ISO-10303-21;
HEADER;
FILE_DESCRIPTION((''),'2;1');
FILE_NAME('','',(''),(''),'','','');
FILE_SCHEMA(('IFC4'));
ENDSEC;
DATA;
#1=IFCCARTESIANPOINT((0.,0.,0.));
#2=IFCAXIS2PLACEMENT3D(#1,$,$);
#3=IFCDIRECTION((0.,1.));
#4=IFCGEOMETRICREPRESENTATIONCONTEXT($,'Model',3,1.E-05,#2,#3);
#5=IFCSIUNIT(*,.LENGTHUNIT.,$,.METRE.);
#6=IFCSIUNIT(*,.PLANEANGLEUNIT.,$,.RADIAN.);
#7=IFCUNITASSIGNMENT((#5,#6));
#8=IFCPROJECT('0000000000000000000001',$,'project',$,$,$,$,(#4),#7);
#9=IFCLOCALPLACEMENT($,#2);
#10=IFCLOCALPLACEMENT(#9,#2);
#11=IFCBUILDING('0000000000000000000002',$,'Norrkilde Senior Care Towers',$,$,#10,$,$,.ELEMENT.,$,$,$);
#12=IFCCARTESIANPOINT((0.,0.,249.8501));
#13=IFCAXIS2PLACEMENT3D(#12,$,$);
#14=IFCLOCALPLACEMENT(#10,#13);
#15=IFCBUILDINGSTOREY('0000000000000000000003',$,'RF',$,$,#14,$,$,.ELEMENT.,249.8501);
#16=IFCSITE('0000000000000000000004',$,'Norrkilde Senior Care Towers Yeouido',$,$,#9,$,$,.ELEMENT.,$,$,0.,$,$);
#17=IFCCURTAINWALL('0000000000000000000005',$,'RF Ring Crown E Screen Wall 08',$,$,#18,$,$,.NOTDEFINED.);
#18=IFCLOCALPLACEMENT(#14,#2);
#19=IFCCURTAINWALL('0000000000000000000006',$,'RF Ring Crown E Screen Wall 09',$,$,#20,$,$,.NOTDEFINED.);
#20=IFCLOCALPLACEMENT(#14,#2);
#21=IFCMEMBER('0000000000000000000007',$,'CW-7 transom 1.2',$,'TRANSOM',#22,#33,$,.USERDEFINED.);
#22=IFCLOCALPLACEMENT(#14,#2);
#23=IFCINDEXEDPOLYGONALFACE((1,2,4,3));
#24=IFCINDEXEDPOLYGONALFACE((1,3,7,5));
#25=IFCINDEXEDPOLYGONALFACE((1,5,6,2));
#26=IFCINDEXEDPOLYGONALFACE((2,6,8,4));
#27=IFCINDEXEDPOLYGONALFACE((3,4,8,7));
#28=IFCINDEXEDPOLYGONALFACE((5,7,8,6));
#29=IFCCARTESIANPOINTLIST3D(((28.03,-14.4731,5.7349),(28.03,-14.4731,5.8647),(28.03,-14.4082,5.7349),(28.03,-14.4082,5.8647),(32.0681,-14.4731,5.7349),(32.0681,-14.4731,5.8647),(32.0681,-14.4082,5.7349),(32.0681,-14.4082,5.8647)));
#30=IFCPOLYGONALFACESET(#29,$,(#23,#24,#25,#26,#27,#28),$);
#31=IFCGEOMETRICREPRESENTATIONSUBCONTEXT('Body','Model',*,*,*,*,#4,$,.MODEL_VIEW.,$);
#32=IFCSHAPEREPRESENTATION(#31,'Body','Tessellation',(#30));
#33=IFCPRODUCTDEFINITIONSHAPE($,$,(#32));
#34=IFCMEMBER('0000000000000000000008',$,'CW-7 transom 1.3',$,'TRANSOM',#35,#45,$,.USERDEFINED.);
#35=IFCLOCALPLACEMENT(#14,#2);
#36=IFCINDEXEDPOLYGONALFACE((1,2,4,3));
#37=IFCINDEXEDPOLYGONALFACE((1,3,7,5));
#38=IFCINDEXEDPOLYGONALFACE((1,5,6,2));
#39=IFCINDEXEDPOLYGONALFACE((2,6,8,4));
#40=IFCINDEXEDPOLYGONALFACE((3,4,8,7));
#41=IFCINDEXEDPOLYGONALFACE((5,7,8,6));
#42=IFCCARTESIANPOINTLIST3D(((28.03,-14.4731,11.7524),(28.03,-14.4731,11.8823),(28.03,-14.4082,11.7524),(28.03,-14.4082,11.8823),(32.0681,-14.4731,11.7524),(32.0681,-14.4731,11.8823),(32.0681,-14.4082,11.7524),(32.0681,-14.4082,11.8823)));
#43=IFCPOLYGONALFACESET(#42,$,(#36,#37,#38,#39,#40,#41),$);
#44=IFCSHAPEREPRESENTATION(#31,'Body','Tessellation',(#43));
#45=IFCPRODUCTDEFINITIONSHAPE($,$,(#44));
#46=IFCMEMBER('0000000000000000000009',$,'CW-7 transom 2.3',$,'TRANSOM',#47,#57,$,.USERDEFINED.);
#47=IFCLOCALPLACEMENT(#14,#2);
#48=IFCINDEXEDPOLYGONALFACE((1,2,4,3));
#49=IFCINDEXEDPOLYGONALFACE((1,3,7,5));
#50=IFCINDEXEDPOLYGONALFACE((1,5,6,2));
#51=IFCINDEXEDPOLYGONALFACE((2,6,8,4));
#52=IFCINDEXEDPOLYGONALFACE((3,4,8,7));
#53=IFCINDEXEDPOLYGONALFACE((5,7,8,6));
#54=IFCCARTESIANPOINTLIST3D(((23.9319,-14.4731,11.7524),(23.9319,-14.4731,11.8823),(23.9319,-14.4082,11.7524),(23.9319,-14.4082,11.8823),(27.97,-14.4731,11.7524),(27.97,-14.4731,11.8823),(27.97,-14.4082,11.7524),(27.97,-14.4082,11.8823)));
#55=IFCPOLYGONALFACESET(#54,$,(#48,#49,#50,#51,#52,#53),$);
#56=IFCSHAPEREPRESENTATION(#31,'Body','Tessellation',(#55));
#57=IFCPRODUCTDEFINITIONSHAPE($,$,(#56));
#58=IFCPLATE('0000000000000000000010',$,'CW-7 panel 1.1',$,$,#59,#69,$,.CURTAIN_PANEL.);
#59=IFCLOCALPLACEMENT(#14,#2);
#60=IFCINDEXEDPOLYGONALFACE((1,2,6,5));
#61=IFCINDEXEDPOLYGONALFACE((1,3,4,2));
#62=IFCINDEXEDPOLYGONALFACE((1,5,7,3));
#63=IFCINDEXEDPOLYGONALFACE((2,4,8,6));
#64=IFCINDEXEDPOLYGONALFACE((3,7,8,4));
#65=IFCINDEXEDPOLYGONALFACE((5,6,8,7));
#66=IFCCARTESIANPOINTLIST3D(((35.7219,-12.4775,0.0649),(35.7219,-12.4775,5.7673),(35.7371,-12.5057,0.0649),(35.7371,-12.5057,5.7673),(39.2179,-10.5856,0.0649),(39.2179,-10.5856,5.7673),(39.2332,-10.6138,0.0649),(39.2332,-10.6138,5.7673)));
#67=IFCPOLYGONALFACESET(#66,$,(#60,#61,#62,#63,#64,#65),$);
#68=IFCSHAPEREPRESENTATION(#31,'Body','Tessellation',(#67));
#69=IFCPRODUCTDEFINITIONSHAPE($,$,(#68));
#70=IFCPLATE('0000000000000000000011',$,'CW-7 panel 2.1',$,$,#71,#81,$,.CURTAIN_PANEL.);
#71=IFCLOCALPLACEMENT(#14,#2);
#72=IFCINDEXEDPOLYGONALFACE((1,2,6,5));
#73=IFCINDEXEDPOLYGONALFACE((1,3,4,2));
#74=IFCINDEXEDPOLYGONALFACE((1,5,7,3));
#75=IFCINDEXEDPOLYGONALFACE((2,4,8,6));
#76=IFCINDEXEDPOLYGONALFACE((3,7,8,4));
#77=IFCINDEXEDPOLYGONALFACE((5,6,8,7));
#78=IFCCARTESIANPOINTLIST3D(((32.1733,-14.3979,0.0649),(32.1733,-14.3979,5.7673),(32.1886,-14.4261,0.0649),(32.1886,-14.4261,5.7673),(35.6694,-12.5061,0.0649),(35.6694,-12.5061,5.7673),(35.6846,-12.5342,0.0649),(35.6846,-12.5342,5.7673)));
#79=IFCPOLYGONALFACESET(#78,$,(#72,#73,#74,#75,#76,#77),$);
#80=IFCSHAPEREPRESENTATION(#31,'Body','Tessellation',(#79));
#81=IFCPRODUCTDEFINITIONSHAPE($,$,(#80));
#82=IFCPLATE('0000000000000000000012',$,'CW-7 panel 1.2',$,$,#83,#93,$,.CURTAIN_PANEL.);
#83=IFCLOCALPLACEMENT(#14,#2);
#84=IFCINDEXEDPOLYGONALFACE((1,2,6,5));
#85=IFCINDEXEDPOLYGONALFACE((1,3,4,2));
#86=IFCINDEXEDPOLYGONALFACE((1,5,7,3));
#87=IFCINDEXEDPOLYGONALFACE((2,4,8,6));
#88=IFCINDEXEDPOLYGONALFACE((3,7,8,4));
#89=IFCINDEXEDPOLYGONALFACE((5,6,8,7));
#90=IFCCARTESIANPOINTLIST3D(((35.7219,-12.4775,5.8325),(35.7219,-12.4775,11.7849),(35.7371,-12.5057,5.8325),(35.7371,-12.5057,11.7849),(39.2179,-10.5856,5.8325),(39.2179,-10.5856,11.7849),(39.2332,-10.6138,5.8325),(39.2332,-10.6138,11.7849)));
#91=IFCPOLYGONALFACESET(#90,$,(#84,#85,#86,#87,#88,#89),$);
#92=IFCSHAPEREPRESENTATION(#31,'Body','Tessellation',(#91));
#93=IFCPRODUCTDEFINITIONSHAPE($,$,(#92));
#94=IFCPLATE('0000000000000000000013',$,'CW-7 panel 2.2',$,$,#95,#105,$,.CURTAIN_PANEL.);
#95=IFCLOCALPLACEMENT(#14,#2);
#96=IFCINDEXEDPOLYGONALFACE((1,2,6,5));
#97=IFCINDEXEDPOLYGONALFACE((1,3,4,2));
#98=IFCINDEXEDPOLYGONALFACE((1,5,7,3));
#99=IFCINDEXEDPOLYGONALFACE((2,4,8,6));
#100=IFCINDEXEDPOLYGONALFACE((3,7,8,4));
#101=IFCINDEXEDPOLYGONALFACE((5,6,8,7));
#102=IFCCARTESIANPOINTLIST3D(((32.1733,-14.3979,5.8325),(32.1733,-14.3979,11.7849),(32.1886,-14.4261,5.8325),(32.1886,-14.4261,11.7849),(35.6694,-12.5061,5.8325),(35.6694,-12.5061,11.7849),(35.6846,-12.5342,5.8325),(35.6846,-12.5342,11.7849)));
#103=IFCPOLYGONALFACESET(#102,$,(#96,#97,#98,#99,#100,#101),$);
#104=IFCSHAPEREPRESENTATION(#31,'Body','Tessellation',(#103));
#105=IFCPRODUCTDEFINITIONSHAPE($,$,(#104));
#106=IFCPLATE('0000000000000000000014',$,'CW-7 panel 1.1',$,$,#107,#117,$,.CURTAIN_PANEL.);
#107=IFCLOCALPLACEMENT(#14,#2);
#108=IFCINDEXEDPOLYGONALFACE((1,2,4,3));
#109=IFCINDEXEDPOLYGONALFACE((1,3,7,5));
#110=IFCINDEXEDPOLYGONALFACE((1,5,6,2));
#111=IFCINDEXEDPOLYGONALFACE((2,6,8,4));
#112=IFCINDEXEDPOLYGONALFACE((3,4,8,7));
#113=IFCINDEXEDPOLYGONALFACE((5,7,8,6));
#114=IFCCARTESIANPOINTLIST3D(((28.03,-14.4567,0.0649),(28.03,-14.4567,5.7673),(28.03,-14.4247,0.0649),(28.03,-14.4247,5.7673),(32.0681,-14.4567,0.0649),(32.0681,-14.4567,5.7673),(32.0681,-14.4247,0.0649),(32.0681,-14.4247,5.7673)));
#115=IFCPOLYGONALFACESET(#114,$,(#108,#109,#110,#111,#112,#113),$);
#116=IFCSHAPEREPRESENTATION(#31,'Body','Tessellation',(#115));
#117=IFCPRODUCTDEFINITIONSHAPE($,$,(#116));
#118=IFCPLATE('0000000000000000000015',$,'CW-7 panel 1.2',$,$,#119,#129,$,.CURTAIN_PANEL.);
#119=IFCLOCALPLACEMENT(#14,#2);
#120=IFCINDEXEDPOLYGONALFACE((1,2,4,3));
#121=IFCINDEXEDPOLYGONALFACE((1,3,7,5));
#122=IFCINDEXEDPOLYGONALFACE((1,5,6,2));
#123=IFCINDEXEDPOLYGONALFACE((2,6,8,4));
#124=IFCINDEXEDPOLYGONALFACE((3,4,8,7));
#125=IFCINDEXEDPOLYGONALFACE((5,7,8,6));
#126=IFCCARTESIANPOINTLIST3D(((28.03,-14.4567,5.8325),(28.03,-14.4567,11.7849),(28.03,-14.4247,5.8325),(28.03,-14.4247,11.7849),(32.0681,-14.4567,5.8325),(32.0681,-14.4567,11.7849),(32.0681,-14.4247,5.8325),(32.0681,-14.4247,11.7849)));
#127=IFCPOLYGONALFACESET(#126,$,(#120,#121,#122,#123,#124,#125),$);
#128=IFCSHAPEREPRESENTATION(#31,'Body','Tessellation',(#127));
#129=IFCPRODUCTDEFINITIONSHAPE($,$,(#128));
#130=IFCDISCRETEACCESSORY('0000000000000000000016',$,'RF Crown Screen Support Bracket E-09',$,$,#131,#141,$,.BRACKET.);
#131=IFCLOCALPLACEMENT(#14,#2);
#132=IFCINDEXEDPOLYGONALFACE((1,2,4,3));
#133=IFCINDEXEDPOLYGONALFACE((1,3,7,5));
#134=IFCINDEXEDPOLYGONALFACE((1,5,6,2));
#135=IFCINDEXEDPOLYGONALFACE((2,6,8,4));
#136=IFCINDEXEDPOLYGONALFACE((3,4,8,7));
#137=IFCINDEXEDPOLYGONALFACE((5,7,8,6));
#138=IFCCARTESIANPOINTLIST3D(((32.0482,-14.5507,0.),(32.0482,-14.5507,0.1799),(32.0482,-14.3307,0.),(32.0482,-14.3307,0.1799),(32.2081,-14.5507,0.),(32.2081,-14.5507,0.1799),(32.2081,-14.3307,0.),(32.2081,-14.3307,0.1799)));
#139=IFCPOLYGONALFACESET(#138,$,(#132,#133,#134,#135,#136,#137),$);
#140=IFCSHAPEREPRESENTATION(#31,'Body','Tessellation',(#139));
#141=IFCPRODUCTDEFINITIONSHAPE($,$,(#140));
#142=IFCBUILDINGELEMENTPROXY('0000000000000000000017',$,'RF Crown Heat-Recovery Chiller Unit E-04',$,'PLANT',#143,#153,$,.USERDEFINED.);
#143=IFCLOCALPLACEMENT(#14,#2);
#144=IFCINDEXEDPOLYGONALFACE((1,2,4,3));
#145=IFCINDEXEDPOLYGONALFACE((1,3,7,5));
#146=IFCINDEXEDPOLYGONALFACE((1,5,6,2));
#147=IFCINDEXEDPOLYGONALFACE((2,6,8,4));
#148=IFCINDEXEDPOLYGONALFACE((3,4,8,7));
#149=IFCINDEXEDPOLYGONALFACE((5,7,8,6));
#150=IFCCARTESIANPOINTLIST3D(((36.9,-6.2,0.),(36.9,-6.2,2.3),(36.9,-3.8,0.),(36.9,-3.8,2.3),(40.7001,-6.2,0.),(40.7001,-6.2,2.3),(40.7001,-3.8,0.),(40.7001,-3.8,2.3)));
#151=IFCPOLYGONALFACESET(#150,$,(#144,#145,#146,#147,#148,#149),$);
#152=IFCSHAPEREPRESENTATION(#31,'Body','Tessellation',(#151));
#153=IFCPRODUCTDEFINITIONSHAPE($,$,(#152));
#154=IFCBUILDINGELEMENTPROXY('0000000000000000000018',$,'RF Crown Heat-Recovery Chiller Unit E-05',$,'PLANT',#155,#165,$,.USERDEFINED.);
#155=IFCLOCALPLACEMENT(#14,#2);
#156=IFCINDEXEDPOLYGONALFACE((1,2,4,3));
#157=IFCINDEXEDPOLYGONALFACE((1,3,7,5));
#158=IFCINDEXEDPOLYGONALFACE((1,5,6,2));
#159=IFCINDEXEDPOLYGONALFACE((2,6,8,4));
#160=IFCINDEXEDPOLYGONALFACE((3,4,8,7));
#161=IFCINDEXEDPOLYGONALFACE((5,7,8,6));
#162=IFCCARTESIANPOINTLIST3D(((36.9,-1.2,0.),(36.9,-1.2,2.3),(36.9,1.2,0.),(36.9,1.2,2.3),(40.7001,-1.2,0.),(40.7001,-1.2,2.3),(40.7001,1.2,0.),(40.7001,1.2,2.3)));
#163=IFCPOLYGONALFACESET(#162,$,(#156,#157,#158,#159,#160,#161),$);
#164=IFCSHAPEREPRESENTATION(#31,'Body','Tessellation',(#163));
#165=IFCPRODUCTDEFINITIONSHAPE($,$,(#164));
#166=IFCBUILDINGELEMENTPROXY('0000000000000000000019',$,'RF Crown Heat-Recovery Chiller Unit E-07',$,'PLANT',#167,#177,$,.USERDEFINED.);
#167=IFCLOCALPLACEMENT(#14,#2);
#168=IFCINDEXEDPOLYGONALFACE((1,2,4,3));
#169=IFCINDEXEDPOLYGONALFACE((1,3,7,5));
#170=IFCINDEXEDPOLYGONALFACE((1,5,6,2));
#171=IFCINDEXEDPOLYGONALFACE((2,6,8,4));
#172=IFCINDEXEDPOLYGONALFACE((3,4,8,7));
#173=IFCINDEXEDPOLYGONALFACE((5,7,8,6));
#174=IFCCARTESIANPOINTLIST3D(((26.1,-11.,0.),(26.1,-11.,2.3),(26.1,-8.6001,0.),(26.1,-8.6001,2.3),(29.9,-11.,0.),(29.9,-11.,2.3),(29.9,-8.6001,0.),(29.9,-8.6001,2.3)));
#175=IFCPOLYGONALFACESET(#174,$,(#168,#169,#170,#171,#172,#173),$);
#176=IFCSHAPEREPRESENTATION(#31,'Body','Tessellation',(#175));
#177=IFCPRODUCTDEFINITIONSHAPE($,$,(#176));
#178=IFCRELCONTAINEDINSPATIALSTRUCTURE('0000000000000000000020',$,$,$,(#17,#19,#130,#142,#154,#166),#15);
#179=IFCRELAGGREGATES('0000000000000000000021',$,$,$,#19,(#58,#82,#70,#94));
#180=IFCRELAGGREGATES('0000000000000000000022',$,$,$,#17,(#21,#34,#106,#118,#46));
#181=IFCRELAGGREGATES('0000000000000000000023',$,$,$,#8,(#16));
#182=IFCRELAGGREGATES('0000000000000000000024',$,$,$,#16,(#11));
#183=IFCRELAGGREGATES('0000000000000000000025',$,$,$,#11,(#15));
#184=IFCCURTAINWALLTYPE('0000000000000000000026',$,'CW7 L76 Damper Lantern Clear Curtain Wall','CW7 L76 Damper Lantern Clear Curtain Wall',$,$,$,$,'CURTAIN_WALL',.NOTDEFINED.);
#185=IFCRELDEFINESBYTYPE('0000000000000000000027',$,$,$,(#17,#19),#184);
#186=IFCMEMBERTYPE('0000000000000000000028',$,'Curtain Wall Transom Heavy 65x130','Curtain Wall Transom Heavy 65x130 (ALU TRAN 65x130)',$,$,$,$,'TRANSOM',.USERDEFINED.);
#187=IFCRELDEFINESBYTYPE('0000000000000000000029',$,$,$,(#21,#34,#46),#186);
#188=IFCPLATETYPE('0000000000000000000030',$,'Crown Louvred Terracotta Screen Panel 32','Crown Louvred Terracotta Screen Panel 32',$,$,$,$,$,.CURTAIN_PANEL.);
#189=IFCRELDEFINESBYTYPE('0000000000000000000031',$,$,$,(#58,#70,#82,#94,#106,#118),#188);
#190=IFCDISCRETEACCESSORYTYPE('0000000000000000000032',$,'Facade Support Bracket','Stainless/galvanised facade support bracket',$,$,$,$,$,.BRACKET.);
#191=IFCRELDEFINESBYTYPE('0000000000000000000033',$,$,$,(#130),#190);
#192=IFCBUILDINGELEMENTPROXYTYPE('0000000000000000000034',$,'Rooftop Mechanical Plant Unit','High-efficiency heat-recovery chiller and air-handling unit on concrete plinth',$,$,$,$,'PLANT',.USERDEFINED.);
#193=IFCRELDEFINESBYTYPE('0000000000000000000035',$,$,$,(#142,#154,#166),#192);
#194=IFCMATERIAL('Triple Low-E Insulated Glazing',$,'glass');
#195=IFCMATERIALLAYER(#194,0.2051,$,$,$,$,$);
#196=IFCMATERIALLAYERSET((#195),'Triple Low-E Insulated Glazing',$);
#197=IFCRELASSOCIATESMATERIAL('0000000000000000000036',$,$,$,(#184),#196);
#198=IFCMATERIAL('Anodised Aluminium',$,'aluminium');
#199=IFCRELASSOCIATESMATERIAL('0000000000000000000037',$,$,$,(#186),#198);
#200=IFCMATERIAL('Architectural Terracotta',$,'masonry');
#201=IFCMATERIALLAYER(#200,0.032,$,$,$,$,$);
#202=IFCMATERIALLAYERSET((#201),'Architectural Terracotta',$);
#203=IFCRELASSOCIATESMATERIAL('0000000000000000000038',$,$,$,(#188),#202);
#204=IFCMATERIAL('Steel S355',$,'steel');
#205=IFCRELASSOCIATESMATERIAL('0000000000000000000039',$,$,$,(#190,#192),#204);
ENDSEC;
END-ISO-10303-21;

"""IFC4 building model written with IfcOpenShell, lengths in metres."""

from ifc_helpers import new_model, si_unit, direction, frame, origin, origin_2d, place, context, subcontext, project, spatial, rectangle, extrude, source, transform, mapped, material, layer, layer_set, material_profile, profile_set, type_object, type_shapes, element, aggregate, save


model = new_model("IFC4")

# Units and contexts
model_context = context("Model", 3, precision=1e-05, world=origin(), true_north=direction((0.0, 1.0)))
body_context = subcontext(model_context, "Body", "Model", "MODEL_VIEW")
ifc_project = project(units=[si_unit("LENGTHUNIT", "METRE"), si_unit("PLANEANGLEUNIT", "RADIAN")], contexts=[model_context])

# Site, building, storey
site_placement = place(None, origin())
site = spatial("IfcSite", under=ifc_project, at=site_placement, Name="Norrkilde Senior Care Towers Yeouido", CompositionType="ELEMENT", RefElevation=0.0)
building_placement = place(site_placement, origin())
building = spatial("IfcBuilding", under=site, at=building_placement, Name="Norrkilde Senior Care Towers", CompositionType="ELEMENT")
storey_placement = place(building_placement, frame((0.0, 0.0, 249.8501)))
storey = spatial("IfcBuildingStorey", under=building, at=storey_placement, Name="RF", CompositionType="ELEMENT", Elevation=249.8501)

# Shared definitions
ifc_material_1 = material(Name="Steel S355", Category="steel")

# Curtain walls
ifc_material_2 = material(Name="Triple Low-E Insulated Glazing", Category="glass")
ifc_layer_1 = layer(ifc_material_2, 0.2051)
ifc_layer_set_1 = layer_set([ifc_layer_1], Name="Triple Low-E Insulated Glazing")
curtain_wall_type = type_object("IfcCurtainWallType", Name="CW7 L76 Damper Lantern Clear Curtain Wall", Description="CW7 L76 Damper Lantern Clear Curtain Wall", ElementType="CURTAIN_WALL", PredefinedType="NOTDEFINED", material=ifc_layer_set_1)
curtain_wall_1_placement = place(storey_placement, origin())
curtain_wall_1 = element("IfcCurtainWall", 1, at=curtain_wall_1_placement, inside=storey, type_object=curtain_wall_type, Name="RF Ring Crown E Screen Wall 08", PredefinedType="NOTDEFINED")
ifc_material_3 = material(Name="Anodised Aluminium", Category="aluminium")
curtain_wall_2_placement = place(storey_placement, origin())
curtain_wall_2 = element("IfcCurtainWall", 2, at=curtain_wall_2_placement, inside=storey, type_object=curtain_wall_type, Name="RF Ring Crown E Screen Wall 09", PredefinedType="NOTDEFINED")
ifc_material_profile_1 = material_profile(ifc_material_3, rectangle(XDim=0.0649, YDim=0.1299, at=origin_2d()), Name="ALU TRAN 65x130")
ifc_profile_set_1 = profile_set([ifc_material_profile_1], Name="Anodised Aluminium")
member_type_1 = type_object("IfcMemberType", Name="Curtain Wall Transom Heavy 65x130", Description="Curtain Wall Transom Heavy 65x130 (ALU TRAN 65x130)", ElementType="TRANSOM", PredefinedType="USERDEFINED", material=ifc_profile_set_1)

# Members
shared_shape_1 = source(origin(), body_context, "Body", "SweptSolid", [
    extrude(rectangle(XDim=0.0649, YDim=0.1299, at=origin_2d()), origin(), (0.0, 0.0, 1.0), 4.0381),
])
member_1_placement = place(storey_placement, frame((32.0681, -14.4407, 5.7998), z_axis=(-1.0, 0.0, 0.0), x_axis=(0.0, -1.0, 0.0)))
member_1 = element("IfcMember", 3, at=member_1_placement, type_object=member_type_1, Name="CW-7 transom 1.2", ObjectType="TRANSOM", PredefinedType="USERDEFINED", context=body_context, shape_type="MappedRepresentation", body=[
    mapped(shared_shape_1, transform((0.0, 0.0, 0.0), x_axis=(1.0, 0.0, 0.0), y_axis=(0.0, 1.0, 0.0), z_axis=(0.0, 0.0, 1.0), scale=1.0)),
])
member_2_placement = place(storey_placement, frame((32.0681, -14.4407, 11.8174), z_axis=(-1.0, 0.0, 0.0), x_axis=(0.0, -1.0, 0.0)))
member_2 = element("IfcMember", 4, at=member_2_placement, type_object=member_type_1, Name="CW-7 transom 1.3", ObjectType="TRANSOM", PredefinedType="USERDEFINED", context=body_context, shape_type="MappedRepresentation", body=[
    mapped(shared_shape_1, transform((0.0, 0.0, 0.0), x_axis=(1.0, 0.0, 0.0), y_axis=(0.0, 1.0, 0.0), z_axis=(0.0, 0.0, 1.0), scale=1.0)),
])
member_3_placement = place(storey_placement, frame((27.97, -14.4407, 11.8174), z_axis=(-1.0, 0.0, 0.0), x_axis=(0.0, -1.0, 0.0)))
member_3 = element("IfcMember", 5, at=member_3_placement, type_object=member_type_1, Name="CW-7 transom 2.3", ObjectType="TRANSOM", PredefinedType="USERDEFINED", context=body_context, shape_type="MappedRepresentation", body=[
    mapped(shared_shape_1, transform((0.0, 0.0, 0.0), x_axis=(1.0, 0.0, 0.0), y_axis=(0.0, 1.0, 0.0), z_axis=(0.0, 0.0, 1.0), scale=1.0)),
])

# Plates
ifc_material_4 = material(Name="Architectural Terracotta", Category="masonry")
ifc_layer_2 = layer(ifc_material_4, 0.032)
ifc_layer_set_2 = layer_set([ifc_layer_2], Name="Architectural Terracotta")
plate_type = type_object("IfcPlateType", Name="Crown Louvred Terracotta Screen Panel 32", Description="Crown Louvred Terracotta Screen Panel 32", PredefinedType="CURTAIN_PANEL", material=ifc_layer_set_2)
shared_shape_2 = source(origin(), body_context, "Body", "SweptSolid", [
    extrude(rectangle(XDim=3.9751, YDim=0.032, at=origin_2d()), origin(), (0.0, 0.0, 1.0), 5.7024),
])
plate_1_placement = place(storey_placement, frame((37.4775, -11.5457, 0.0649), z_axis=(0.0, 0.0, 1.0), x_axis=(-0.879481, -0.475934, 0.0)))
plate_1 = element("IfcPlate", 6, at=plate_1_placement, type_object=plate_type, Name="CW-7 panel 1.1", PredefinedType="CURTAIN_PANEL", context=body_context, shape_type="MappedRepresentation", body=[
    mapped(shared_shape_2, transform((0.0, 0.0, 0.0), x_axis=(1.0, 0.0, 0.0), y_axis=(0.0, 1.0, 0.0), z_axis=(0.0, 0.0, 1.0), scale=1.0)),
])
plate_2_placement = place(storey_placement, frame((33.929, -13.4661, 0.0649), z_axis=(0.0, 0.0, 1.0), x_axis=(-0.879481, -0.475934, 0.0)))
plate_2 = element("IfcPlate", 7, at=plate_2_placement, type_object=plate_type, Name="CW-7 panel 2.1", PredefinedType="CURTAIN_PANEL", context=body_context, shape_type="MappedRepresentation", body=[
    mapped(shared_shape_2, transform((0.0, 0.0, 0.0), x_axis=(1.0, 0.0, 0.0), y_axis=(0.0, 1.0, 0.0), z_axis=(0.0, 0.0, 1.0), scale=1.0)),
])
shared_shape_3 = source(origin(), body_context, "Body", "SweptSolid", [
    extrude(rectangle(XDim=3.9751, YDim=0.032, at=origin_2d()), origin(), (0.0, 0.0, 1.0), 5.9524),
])
plate_3_placement = place(storey_placement, frame((37.4775, -11.5457, 5.8325), z_axis=(0.0, 0.0, 1.0), x_axis=(-0.879481, -0.475934, 0.0)))
plate_3 = element("IfcPlate", 8, at=plate_3_placement, type_object=plate_type, Name="CW-7 panel 1.2", PredefinedType="CURTAIN_PANEL", context=body_context, shape_type="MappedRepresentation", body=[
    mapped(shared_shape_3, transform((0.0, 0.0, 0.0), x_axis=(1.0, 0.0, 0.0), y_axis=(0.0, 1.0, 0.0), z_axis=(0.0, 0.0, 1.0), scale=1.0)),
])
plate_4_placement = place(storey_placement, frame((33.929, -13.4661, 5.8325), z_axis=(0.0, 0.0, 1.0), x_axis=(-0.879481, -0.475934, 0.0)))
plate_4 = element("IfcPlate", 9, at=plate_4_placement, type_object=plate_type, Name="CW-7 panel 2.2", PredefinedType="CURTAIN_PANEL", context=body_context, shape_type="MappedRepresentation", body=[
    mapped(shared_shape_3, transform((0.0, 0.0, 0.0), x_axis=(1.0, 0.0, 0.0), y_axis=(0.0, 1.0, 0.0), z_axis=(0.0, 0.0, 1.0), scale=1.0)),
])
aggregate(curtain_wall_2, [plate_1, plate_3, plate_2, plate_4])
shared_shape_4 = source(origin(), body_context, "Body", "SweptSolid", [
    extrude(rectangle(XDim=4.0381, YDim=0.032, at=origin_2d()), origin(), (0.0, 0.0, 1.0), 5.7024),
])
plate_5_placement = place(storey_placement, frame((30.0491, -14.4407, 0.0649), z_axis=(0.0, 0.0, 1.0), x_axis=(-1.0, 0.0, 0.0)))
plate_5 = element("IfcPlate", 10, at=plate_5_placement, type_object=plate_type, Name="CW-7 panel 1.1", PredefinedType="CURTAIN_PANEL", context=body_context, shape_type="MappedRepresentation", body=[
    mapped(shared_shape_4, transform((0.0, 0.0, 0.0), x_axis=(1.0, 0.0, 0.0), y_axis=(0.0, 1.0, 0.0), z_axis=(0.0, 0.0, 1.0), scale=1.0)),
])
shared_shape_5 = source(origin(), body_context, "Body", "SweptSolid", [
    extrude(rectangle(XDim=4.0381, YDim=0.032, at=origin_2d()), origin(), (0.0, 0.0, 1.0), 5.9524),
])
type_shapes(plate_type, [shared_shape_2, shared_shape_3, shared_shape_4, shared_shape_5])
plate_6_placement = place(storey_placement, frame((30.0491, -14.4407, 5.8325), z_axis=(0.0, 0.0, 1.0), x_axis=(-1.0, 0.0, 0.0)))
plate_6 = element("IfcPlate", 11, at=plate_6_placement, type_object=plate_type, Name="CW-7 panel 1.2", PredefinedType="CURTAIN_PANEL", context=body_context, shape_type="MappedRepresentation", body=[
    mapped(shared_shape_5, transform((0.0, 0.0, 0.0), x_axis=(1.0, 0.0, 0.0), y_axis=(0.0, 1.0, 0.0), z_axis=(0.0, 0.0, 1.0), scale=1.0)),
])
aggregate(curtain_wall_1, [member_1, member_2, plate_5, plate_6, member_3])

# Discrete accessory
discrete_accessory_type = type_object("IfcDiscreteAccessoryType", Name="Facade Support Bracket", Description="Stainless/galvanised facade support bracket", PredefinedType="BRACKET", material=ifc_material_1)
shared_shape_6 = source(origin(), body_context, "Body", "SweptSolid", [
    extrude(rectangle(XDim=0.1599, YDim=0.22, at=origin_2d()), origin(), (0.0, 0.0, 1.0), 0.1799),
])
type_shapes(discrete_accessory_type, [shared_shape_6])
discrete_accessory_placement = place(storey_placement, frame((32.1282, -14.4407, 0.0), z_axis=(0.0, 0.0, 1.0), x_axis=(1.0, 0.0, 0.0)))
element("IfcDiscreteAccessory", 12, at=discrete_accessory_placement, inside=storey, type_object=discrete_accessory_type, Name="RF Crown Screen Support Bracket E-09", PredefinedType="BRACKET", context=body_context, shape_type="MappedRepresentation", body=[
    mapped(shared_shape_6, transform((0.0, 0.0, 0.0), x_axis=(1.0, 0.0, 0.0), y_axis=(0.0, 1.0, 0.0), z_axis=(0.0, 0.0, 1.0), scale=1.0)),
])

# Building element proxies
building_element_proxy_type = type_object("IfcBuildingElementProxyType", Name="Rooftop Mechanical Plant Unit", Description="High-efficiency heat-recovery chiller and air-handling unit on concrete plinth", ElementType="PLANT", PredefinedType="USERDEFINED", material=ifc_material_1)
shared_shape_7 = source(origin(), body_context, "Body", "SweptSolid", [
    extrude(rectangle(XDim=3.8, YDim=2.3999, at=origin_2d()), origin(), (0.0, 0.0, 1.0), 2.3),
])
type_shapes(building_element_proxy_type, [shared_shape_7])
for number, where, z_axis, x_axis, name in (
    (13, (38.8, -5.0, 0.0), (0.0, 0.0, 1.0), (1.0, 0.0, 0.0), "RF Crown Heat-Recovery Chiller Unit E-04"),
    (14, (38.8, 0.0, 0.0), (0.0, 0.0, 1.0), (1.0, 0.0, 0.0), "RF Crown Heat-Recovery Chiller Unit E-05"),
    (15, (28.0, -9.8, 0.0), (0.0, 0.0, 1.0), (1.0, 0.0, 0.0), "RF Crown Heat-Recovery Chiller Unit E-07"),
):
    element("IfcBuildingElementProxy", number, at=place(storey_placement, frame(where, z_axis=z_axis, x_axis=x_axis)), inside=storey, type_object=building_element_proxy_type, Name=name, ObjectType="PLANT", PredefinedType="USERDEFINED", context=body_context, shape_type="MappedRepresentation", body=[
        mapped(shared_shape_7, transform((0.0, 0.0, 0.0), x_axis=(1.0, 0.0, 0.0), y_axis=(0.0, 1.0, 0.0), z_axis=(0.0, 0.0, 1.0), scale=1.0)),
    ])

save(model, "model.ifc")
